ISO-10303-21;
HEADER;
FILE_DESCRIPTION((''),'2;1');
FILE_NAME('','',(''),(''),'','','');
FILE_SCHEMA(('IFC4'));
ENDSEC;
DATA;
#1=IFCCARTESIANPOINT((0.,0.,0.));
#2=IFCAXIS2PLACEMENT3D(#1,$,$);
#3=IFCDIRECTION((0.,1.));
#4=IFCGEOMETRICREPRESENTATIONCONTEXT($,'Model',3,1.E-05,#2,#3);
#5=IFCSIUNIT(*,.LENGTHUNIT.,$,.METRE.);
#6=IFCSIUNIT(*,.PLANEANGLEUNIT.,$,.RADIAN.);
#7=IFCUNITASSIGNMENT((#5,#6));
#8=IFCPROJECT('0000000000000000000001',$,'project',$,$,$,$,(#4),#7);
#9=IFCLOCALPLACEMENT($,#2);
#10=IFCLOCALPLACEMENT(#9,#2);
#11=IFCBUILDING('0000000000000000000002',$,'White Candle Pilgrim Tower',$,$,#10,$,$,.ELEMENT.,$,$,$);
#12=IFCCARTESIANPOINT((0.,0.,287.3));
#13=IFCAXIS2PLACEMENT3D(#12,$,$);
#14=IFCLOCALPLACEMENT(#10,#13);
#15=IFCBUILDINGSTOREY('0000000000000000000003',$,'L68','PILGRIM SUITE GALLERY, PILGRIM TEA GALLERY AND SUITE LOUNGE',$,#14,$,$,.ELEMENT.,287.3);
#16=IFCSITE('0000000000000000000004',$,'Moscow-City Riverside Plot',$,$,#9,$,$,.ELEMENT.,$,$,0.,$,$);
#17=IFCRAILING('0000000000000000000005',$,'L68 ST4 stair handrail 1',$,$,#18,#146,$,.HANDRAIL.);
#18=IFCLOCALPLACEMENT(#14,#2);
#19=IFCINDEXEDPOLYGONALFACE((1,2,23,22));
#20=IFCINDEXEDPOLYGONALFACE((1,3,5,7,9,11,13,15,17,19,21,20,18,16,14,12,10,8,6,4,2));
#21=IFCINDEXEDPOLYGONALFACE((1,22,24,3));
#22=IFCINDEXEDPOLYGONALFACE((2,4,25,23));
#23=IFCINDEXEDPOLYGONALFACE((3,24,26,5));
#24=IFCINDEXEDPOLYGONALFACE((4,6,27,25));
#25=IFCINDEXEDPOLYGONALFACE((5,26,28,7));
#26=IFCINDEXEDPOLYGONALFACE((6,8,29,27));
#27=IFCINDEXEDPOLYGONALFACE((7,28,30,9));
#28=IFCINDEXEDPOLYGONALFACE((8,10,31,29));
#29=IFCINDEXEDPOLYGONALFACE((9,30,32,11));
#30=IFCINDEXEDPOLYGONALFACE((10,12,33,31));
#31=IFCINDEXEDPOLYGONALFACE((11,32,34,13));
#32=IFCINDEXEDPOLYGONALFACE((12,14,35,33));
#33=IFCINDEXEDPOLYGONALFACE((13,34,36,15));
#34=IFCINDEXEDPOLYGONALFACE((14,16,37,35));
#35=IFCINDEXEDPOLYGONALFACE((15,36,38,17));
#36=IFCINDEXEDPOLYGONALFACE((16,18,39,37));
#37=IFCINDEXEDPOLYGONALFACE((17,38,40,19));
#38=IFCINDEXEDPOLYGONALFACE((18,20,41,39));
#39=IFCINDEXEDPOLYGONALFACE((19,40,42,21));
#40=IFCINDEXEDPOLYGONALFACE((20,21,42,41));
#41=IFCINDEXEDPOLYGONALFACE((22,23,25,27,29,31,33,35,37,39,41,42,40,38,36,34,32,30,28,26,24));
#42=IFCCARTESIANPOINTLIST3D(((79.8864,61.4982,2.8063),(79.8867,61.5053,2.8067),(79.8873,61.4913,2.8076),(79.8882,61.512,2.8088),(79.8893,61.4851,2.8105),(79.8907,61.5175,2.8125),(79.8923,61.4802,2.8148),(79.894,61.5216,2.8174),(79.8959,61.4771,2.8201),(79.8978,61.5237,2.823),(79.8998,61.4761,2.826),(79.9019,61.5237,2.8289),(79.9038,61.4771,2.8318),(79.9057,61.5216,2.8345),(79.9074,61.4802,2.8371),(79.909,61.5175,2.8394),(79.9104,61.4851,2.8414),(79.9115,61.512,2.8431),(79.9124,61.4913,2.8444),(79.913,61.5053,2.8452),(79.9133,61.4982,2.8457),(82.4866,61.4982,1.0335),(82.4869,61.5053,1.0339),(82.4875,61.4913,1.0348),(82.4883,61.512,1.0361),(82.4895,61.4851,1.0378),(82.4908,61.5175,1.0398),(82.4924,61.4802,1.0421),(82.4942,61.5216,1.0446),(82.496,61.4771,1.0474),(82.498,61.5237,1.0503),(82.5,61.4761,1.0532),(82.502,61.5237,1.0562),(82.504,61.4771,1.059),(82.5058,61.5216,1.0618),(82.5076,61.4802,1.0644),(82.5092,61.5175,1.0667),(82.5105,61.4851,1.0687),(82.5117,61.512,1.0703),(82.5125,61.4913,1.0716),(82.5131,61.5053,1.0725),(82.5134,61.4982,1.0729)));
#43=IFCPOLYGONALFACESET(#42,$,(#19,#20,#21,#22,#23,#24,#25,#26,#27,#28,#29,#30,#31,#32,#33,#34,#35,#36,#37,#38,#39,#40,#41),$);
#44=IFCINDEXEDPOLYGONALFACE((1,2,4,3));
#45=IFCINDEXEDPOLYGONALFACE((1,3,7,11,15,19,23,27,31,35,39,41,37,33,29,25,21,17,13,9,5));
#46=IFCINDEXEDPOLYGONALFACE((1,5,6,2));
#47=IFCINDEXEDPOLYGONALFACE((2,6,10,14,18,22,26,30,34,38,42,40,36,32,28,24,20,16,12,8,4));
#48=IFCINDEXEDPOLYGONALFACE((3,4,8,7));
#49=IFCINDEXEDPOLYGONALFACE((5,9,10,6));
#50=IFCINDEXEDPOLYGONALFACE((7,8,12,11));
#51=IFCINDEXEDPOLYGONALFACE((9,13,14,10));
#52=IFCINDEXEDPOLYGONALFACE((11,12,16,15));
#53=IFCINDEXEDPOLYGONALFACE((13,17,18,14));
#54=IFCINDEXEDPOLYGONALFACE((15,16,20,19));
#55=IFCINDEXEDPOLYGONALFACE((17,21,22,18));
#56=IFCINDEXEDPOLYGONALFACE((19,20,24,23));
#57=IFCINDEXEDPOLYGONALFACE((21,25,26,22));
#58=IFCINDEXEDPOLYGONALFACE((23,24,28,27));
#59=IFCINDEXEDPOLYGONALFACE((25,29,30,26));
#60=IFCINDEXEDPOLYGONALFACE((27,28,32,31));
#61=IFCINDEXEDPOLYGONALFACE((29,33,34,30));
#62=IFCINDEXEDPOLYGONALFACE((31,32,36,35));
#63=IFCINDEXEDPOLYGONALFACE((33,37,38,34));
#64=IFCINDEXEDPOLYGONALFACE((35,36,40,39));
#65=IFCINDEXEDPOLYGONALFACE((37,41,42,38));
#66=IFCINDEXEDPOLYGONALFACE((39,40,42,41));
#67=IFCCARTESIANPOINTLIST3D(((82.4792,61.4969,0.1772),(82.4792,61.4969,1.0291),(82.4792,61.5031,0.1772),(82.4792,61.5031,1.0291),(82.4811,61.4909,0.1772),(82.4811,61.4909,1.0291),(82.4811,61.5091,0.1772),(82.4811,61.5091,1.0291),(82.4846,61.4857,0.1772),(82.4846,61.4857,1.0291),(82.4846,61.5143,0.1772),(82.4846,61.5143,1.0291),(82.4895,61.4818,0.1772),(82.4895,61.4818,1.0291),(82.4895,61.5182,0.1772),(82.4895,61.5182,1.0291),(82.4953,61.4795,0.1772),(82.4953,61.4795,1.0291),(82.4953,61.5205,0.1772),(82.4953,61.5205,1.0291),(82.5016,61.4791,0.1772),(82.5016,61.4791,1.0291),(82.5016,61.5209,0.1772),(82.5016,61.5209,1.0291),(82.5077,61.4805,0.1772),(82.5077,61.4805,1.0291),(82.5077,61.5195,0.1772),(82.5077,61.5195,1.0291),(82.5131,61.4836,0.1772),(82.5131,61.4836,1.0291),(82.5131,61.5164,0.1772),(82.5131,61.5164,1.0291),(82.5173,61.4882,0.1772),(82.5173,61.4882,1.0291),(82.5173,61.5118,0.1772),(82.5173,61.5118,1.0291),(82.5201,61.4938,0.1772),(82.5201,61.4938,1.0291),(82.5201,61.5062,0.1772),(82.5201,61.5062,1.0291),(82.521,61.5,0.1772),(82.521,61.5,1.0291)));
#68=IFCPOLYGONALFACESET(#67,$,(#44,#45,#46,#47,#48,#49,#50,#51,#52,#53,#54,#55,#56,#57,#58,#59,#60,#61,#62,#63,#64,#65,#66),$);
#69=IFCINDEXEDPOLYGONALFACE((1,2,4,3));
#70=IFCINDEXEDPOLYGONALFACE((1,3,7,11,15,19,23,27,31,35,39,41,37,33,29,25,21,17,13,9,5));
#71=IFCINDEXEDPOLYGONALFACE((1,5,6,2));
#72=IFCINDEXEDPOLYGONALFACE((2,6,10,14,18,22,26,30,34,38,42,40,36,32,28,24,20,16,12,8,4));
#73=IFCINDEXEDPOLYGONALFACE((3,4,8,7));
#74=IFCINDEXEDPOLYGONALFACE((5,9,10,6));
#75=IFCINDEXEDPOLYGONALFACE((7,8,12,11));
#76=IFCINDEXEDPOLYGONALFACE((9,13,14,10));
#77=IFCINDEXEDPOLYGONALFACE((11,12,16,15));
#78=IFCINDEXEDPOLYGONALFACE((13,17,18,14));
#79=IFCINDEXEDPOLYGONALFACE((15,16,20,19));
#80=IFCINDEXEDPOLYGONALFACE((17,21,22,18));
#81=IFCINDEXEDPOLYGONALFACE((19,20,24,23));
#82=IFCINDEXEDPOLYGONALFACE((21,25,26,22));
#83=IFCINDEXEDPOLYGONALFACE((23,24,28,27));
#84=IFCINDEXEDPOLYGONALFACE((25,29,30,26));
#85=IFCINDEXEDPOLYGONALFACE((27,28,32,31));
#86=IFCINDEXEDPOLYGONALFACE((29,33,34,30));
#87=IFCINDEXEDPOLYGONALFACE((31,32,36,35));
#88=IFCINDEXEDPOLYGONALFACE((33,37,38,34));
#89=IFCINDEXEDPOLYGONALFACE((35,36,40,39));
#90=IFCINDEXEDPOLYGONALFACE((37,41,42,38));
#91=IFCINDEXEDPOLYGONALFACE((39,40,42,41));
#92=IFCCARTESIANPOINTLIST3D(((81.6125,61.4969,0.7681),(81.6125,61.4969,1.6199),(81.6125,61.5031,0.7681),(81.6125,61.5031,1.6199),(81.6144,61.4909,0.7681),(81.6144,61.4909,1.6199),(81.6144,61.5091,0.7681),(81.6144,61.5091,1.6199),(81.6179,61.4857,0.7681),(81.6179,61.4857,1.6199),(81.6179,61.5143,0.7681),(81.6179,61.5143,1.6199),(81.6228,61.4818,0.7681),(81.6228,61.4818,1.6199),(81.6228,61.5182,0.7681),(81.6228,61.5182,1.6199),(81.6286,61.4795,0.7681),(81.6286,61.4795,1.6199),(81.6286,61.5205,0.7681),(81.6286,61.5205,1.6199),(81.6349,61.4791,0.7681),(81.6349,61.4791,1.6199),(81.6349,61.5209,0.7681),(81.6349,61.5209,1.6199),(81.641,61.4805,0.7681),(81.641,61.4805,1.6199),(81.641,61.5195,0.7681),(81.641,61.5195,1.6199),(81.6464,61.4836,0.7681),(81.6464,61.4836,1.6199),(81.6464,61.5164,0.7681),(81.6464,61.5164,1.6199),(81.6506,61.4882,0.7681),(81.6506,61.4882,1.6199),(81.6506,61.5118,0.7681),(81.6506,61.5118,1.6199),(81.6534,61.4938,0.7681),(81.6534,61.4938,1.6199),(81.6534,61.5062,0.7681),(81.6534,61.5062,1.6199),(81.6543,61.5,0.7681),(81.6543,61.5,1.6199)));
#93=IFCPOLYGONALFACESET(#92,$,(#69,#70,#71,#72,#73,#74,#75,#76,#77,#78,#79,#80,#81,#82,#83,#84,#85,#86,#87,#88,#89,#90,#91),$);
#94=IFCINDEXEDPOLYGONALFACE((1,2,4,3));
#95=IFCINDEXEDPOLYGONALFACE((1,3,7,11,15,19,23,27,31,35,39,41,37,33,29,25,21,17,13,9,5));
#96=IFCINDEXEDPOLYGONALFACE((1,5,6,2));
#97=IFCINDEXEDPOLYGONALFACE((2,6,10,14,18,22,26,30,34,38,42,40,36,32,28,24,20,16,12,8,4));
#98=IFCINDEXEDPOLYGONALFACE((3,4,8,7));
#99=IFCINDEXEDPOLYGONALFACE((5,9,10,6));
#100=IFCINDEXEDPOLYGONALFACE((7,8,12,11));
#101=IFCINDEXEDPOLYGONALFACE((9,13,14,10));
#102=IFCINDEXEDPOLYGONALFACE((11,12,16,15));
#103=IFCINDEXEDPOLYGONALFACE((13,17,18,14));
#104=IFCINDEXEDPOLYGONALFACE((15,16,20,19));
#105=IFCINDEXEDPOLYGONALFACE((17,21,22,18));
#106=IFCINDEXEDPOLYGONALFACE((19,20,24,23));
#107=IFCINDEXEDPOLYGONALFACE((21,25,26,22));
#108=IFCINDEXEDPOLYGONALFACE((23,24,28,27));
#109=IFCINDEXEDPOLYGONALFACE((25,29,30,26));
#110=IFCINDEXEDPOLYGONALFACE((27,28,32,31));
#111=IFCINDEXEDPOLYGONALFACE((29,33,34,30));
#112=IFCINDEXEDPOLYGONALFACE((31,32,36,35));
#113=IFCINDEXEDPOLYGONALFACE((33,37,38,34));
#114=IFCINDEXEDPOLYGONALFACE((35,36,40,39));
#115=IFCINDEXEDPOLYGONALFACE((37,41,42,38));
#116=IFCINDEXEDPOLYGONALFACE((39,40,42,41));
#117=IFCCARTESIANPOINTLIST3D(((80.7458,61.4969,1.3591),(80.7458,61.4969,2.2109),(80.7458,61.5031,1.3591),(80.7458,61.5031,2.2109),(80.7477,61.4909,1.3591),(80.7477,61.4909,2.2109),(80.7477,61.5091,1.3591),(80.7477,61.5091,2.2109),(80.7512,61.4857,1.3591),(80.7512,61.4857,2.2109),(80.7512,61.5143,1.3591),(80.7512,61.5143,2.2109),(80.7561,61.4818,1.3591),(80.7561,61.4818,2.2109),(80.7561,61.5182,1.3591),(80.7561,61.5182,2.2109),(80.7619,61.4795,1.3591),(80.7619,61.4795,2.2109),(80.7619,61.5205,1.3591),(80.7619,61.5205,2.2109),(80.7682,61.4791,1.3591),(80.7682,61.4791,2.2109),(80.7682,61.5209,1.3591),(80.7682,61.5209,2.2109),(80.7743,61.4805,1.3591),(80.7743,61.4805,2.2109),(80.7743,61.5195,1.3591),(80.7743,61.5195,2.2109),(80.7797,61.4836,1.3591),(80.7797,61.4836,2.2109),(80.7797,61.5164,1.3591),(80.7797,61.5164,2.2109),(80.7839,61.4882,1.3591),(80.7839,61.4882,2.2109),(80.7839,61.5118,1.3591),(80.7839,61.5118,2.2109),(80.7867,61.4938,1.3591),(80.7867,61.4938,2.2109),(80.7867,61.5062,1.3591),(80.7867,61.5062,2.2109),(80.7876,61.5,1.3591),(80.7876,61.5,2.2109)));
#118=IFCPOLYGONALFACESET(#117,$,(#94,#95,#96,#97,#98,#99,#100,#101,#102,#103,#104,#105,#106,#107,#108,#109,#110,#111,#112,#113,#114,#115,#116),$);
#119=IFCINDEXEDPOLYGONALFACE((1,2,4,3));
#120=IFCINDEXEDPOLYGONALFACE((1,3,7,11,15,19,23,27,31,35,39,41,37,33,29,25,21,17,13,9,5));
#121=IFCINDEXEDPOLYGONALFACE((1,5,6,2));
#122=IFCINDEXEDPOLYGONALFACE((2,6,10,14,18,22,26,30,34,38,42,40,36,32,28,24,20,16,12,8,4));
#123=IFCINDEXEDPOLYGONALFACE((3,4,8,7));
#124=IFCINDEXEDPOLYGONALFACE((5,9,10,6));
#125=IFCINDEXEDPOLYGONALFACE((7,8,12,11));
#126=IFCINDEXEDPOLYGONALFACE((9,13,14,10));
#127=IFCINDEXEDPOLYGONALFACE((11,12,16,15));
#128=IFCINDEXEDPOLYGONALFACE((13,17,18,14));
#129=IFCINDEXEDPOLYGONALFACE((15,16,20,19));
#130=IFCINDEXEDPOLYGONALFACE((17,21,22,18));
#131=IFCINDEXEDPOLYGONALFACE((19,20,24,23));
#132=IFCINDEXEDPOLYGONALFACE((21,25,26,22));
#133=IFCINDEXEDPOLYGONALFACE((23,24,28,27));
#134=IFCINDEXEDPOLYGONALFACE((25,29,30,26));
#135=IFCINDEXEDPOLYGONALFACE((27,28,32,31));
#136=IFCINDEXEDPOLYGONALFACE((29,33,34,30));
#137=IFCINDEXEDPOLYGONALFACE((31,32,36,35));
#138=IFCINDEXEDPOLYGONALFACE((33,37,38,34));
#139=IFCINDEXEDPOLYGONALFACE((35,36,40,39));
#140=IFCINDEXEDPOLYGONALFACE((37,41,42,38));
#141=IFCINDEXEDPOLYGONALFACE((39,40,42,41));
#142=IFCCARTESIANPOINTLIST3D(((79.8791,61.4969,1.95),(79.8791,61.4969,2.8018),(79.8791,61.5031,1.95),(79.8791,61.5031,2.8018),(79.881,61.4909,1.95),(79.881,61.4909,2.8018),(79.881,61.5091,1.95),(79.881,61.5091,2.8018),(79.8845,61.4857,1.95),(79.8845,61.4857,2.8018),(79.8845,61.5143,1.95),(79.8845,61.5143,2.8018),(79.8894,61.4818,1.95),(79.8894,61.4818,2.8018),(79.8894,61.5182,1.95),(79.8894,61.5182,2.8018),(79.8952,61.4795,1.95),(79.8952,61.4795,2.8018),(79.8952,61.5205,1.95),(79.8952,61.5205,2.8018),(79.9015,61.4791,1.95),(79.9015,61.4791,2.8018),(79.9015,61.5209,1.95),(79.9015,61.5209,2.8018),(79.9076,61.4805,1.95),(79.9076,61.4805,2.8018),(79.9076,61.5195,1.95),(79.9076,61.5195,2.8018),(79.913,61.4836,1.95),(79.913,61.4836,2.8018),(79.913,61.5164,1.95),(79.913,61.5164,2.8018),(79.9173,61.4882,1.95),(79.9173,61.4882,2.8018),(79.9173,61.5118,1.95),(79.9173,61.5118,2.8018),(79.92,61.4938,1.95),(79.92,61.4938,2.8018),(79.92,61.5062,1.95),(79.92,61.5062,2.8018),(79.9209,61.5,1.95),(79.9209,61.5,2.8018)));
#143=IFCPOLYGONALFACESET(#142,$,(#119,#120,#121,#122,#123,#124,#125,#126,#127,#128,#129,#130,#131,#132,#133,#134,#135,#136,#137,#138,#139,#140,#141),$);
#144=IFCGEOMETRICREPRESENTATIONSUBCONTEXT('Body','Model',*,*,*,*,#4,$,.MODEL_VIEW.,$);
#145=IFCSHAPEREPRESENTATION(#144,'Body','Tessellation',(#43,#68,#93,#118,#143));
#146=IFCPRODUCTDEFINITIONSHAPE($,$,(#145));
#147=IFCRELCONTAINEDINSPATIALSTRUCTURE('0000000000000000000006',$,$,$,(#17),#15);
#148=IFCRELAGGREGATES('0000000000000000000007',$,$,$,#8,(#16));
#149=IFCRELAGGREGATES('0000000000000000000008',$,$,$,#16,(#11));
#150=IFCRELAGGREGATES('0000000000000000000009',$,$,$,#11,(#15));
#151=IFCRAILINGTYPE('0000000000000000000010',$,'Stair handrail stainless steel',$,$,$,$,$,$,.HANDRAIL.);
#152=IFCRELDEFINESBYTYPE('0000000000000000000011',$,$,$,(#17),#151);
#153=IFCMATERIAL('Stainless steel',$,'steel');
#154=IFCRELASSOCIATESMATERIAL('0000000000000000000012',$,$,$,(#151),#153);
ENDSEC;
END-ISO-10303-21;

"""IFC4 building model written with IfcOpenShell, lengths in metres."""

from ifc_helpers import new_model, si_unit, direction, frame, origin, origin_2d, place, context, subcontext, project, spatial, circle, extrude, material, type_object, element, save


model = new_model("IFC4")

# Units and contexts
model_context = context("Model", 3, precision=1e-05, world=origin(), true_north=direction((0.0, 1.0)))
body_context = subcontext(model_context, "Body", "Model", "MODEL_VIEW")
ifc_project = project(units=[si_unit("LENGTHUNIT", "METRE"), si_unit("PLANEANGLEUNIT", "RADIAN")], contexts=[model_context])

# Site, building, storey
site_placement = place(None, origin())
site = spatial("IfcSite", under=ifc_project, at=site_placement, Name="Moscow-City Riverside Plot", CompositionType="ELEMENT", RefElevation=0.0)
building_placement = place(site_placement, origin())
building = spatial("IfcBuilding", under=site, at=building_placement, Name="White Candle Pilgrim Tower", CompositionType="ELEMENT")
storey_placement = place(building_placement, frame((0.0, 0.0, 287.3)))
storey = spatial("IfcBuildingStorey", under=building, at=storey_placement, Name="L68", Description="PILGRIM SUITE GALLERY, PILGRIM TEA GALLERY AND SUITE LOUNGE", CompositionType="ELEMENT", Elevation=287.3)

# Railing
ifc_material_1 = material(Name="Stainless steel", Category="steel")
railing_type = type_object("IfcRailingType", Name="Stair handrail stainless steel", PredefinedType="HANDRAIL", material=ifc_material_1)
railing_placement = place(storey_placement, frame((82.5, 61.5, 0.1772)))
element("IfcRailing", 1, at=railing_placement, inside=storey, type_object=railing_type, Name="L68 ST4 stair handrail 1", PredefinedType="HANDRAIL", context=body_context, shape_type="SweptSolid", body=[
    extrude(circle(Radius=0.0239, at=origin_2d()), frame((0.0, 0.0, 0.876), z_axis=(-0.82624, 0.0, 0.563318), x_axis=(0.0, -1.0, 0.0)), (0.0, 0.0, 1.0), 3.147),
    extrude(circle(Radius=0.021, at=origin_2d()), origin(), (0.0, 0.0, 1.0), 0.8518),
    extrude(circle(Radius=0.021, at=origin_2d()), frame((-0.8667, 0.0, 0.5908)), (0.0, 0.0, 1.0), 0.8518),
    extrude(circle(Radius=0.021, at=origin_2d()), frame((-1.7334, 0.0, 1.1819)), (0.0, 0.0, 1.0), 0.8518),
    extrude(circle(Radius=0.021, at=origin_2d()), frame((-2.6001, 0.0, 1.7727)), (0.0, 0.0, 1.0), 0.8518),
])

save(model, "model.ifc")
